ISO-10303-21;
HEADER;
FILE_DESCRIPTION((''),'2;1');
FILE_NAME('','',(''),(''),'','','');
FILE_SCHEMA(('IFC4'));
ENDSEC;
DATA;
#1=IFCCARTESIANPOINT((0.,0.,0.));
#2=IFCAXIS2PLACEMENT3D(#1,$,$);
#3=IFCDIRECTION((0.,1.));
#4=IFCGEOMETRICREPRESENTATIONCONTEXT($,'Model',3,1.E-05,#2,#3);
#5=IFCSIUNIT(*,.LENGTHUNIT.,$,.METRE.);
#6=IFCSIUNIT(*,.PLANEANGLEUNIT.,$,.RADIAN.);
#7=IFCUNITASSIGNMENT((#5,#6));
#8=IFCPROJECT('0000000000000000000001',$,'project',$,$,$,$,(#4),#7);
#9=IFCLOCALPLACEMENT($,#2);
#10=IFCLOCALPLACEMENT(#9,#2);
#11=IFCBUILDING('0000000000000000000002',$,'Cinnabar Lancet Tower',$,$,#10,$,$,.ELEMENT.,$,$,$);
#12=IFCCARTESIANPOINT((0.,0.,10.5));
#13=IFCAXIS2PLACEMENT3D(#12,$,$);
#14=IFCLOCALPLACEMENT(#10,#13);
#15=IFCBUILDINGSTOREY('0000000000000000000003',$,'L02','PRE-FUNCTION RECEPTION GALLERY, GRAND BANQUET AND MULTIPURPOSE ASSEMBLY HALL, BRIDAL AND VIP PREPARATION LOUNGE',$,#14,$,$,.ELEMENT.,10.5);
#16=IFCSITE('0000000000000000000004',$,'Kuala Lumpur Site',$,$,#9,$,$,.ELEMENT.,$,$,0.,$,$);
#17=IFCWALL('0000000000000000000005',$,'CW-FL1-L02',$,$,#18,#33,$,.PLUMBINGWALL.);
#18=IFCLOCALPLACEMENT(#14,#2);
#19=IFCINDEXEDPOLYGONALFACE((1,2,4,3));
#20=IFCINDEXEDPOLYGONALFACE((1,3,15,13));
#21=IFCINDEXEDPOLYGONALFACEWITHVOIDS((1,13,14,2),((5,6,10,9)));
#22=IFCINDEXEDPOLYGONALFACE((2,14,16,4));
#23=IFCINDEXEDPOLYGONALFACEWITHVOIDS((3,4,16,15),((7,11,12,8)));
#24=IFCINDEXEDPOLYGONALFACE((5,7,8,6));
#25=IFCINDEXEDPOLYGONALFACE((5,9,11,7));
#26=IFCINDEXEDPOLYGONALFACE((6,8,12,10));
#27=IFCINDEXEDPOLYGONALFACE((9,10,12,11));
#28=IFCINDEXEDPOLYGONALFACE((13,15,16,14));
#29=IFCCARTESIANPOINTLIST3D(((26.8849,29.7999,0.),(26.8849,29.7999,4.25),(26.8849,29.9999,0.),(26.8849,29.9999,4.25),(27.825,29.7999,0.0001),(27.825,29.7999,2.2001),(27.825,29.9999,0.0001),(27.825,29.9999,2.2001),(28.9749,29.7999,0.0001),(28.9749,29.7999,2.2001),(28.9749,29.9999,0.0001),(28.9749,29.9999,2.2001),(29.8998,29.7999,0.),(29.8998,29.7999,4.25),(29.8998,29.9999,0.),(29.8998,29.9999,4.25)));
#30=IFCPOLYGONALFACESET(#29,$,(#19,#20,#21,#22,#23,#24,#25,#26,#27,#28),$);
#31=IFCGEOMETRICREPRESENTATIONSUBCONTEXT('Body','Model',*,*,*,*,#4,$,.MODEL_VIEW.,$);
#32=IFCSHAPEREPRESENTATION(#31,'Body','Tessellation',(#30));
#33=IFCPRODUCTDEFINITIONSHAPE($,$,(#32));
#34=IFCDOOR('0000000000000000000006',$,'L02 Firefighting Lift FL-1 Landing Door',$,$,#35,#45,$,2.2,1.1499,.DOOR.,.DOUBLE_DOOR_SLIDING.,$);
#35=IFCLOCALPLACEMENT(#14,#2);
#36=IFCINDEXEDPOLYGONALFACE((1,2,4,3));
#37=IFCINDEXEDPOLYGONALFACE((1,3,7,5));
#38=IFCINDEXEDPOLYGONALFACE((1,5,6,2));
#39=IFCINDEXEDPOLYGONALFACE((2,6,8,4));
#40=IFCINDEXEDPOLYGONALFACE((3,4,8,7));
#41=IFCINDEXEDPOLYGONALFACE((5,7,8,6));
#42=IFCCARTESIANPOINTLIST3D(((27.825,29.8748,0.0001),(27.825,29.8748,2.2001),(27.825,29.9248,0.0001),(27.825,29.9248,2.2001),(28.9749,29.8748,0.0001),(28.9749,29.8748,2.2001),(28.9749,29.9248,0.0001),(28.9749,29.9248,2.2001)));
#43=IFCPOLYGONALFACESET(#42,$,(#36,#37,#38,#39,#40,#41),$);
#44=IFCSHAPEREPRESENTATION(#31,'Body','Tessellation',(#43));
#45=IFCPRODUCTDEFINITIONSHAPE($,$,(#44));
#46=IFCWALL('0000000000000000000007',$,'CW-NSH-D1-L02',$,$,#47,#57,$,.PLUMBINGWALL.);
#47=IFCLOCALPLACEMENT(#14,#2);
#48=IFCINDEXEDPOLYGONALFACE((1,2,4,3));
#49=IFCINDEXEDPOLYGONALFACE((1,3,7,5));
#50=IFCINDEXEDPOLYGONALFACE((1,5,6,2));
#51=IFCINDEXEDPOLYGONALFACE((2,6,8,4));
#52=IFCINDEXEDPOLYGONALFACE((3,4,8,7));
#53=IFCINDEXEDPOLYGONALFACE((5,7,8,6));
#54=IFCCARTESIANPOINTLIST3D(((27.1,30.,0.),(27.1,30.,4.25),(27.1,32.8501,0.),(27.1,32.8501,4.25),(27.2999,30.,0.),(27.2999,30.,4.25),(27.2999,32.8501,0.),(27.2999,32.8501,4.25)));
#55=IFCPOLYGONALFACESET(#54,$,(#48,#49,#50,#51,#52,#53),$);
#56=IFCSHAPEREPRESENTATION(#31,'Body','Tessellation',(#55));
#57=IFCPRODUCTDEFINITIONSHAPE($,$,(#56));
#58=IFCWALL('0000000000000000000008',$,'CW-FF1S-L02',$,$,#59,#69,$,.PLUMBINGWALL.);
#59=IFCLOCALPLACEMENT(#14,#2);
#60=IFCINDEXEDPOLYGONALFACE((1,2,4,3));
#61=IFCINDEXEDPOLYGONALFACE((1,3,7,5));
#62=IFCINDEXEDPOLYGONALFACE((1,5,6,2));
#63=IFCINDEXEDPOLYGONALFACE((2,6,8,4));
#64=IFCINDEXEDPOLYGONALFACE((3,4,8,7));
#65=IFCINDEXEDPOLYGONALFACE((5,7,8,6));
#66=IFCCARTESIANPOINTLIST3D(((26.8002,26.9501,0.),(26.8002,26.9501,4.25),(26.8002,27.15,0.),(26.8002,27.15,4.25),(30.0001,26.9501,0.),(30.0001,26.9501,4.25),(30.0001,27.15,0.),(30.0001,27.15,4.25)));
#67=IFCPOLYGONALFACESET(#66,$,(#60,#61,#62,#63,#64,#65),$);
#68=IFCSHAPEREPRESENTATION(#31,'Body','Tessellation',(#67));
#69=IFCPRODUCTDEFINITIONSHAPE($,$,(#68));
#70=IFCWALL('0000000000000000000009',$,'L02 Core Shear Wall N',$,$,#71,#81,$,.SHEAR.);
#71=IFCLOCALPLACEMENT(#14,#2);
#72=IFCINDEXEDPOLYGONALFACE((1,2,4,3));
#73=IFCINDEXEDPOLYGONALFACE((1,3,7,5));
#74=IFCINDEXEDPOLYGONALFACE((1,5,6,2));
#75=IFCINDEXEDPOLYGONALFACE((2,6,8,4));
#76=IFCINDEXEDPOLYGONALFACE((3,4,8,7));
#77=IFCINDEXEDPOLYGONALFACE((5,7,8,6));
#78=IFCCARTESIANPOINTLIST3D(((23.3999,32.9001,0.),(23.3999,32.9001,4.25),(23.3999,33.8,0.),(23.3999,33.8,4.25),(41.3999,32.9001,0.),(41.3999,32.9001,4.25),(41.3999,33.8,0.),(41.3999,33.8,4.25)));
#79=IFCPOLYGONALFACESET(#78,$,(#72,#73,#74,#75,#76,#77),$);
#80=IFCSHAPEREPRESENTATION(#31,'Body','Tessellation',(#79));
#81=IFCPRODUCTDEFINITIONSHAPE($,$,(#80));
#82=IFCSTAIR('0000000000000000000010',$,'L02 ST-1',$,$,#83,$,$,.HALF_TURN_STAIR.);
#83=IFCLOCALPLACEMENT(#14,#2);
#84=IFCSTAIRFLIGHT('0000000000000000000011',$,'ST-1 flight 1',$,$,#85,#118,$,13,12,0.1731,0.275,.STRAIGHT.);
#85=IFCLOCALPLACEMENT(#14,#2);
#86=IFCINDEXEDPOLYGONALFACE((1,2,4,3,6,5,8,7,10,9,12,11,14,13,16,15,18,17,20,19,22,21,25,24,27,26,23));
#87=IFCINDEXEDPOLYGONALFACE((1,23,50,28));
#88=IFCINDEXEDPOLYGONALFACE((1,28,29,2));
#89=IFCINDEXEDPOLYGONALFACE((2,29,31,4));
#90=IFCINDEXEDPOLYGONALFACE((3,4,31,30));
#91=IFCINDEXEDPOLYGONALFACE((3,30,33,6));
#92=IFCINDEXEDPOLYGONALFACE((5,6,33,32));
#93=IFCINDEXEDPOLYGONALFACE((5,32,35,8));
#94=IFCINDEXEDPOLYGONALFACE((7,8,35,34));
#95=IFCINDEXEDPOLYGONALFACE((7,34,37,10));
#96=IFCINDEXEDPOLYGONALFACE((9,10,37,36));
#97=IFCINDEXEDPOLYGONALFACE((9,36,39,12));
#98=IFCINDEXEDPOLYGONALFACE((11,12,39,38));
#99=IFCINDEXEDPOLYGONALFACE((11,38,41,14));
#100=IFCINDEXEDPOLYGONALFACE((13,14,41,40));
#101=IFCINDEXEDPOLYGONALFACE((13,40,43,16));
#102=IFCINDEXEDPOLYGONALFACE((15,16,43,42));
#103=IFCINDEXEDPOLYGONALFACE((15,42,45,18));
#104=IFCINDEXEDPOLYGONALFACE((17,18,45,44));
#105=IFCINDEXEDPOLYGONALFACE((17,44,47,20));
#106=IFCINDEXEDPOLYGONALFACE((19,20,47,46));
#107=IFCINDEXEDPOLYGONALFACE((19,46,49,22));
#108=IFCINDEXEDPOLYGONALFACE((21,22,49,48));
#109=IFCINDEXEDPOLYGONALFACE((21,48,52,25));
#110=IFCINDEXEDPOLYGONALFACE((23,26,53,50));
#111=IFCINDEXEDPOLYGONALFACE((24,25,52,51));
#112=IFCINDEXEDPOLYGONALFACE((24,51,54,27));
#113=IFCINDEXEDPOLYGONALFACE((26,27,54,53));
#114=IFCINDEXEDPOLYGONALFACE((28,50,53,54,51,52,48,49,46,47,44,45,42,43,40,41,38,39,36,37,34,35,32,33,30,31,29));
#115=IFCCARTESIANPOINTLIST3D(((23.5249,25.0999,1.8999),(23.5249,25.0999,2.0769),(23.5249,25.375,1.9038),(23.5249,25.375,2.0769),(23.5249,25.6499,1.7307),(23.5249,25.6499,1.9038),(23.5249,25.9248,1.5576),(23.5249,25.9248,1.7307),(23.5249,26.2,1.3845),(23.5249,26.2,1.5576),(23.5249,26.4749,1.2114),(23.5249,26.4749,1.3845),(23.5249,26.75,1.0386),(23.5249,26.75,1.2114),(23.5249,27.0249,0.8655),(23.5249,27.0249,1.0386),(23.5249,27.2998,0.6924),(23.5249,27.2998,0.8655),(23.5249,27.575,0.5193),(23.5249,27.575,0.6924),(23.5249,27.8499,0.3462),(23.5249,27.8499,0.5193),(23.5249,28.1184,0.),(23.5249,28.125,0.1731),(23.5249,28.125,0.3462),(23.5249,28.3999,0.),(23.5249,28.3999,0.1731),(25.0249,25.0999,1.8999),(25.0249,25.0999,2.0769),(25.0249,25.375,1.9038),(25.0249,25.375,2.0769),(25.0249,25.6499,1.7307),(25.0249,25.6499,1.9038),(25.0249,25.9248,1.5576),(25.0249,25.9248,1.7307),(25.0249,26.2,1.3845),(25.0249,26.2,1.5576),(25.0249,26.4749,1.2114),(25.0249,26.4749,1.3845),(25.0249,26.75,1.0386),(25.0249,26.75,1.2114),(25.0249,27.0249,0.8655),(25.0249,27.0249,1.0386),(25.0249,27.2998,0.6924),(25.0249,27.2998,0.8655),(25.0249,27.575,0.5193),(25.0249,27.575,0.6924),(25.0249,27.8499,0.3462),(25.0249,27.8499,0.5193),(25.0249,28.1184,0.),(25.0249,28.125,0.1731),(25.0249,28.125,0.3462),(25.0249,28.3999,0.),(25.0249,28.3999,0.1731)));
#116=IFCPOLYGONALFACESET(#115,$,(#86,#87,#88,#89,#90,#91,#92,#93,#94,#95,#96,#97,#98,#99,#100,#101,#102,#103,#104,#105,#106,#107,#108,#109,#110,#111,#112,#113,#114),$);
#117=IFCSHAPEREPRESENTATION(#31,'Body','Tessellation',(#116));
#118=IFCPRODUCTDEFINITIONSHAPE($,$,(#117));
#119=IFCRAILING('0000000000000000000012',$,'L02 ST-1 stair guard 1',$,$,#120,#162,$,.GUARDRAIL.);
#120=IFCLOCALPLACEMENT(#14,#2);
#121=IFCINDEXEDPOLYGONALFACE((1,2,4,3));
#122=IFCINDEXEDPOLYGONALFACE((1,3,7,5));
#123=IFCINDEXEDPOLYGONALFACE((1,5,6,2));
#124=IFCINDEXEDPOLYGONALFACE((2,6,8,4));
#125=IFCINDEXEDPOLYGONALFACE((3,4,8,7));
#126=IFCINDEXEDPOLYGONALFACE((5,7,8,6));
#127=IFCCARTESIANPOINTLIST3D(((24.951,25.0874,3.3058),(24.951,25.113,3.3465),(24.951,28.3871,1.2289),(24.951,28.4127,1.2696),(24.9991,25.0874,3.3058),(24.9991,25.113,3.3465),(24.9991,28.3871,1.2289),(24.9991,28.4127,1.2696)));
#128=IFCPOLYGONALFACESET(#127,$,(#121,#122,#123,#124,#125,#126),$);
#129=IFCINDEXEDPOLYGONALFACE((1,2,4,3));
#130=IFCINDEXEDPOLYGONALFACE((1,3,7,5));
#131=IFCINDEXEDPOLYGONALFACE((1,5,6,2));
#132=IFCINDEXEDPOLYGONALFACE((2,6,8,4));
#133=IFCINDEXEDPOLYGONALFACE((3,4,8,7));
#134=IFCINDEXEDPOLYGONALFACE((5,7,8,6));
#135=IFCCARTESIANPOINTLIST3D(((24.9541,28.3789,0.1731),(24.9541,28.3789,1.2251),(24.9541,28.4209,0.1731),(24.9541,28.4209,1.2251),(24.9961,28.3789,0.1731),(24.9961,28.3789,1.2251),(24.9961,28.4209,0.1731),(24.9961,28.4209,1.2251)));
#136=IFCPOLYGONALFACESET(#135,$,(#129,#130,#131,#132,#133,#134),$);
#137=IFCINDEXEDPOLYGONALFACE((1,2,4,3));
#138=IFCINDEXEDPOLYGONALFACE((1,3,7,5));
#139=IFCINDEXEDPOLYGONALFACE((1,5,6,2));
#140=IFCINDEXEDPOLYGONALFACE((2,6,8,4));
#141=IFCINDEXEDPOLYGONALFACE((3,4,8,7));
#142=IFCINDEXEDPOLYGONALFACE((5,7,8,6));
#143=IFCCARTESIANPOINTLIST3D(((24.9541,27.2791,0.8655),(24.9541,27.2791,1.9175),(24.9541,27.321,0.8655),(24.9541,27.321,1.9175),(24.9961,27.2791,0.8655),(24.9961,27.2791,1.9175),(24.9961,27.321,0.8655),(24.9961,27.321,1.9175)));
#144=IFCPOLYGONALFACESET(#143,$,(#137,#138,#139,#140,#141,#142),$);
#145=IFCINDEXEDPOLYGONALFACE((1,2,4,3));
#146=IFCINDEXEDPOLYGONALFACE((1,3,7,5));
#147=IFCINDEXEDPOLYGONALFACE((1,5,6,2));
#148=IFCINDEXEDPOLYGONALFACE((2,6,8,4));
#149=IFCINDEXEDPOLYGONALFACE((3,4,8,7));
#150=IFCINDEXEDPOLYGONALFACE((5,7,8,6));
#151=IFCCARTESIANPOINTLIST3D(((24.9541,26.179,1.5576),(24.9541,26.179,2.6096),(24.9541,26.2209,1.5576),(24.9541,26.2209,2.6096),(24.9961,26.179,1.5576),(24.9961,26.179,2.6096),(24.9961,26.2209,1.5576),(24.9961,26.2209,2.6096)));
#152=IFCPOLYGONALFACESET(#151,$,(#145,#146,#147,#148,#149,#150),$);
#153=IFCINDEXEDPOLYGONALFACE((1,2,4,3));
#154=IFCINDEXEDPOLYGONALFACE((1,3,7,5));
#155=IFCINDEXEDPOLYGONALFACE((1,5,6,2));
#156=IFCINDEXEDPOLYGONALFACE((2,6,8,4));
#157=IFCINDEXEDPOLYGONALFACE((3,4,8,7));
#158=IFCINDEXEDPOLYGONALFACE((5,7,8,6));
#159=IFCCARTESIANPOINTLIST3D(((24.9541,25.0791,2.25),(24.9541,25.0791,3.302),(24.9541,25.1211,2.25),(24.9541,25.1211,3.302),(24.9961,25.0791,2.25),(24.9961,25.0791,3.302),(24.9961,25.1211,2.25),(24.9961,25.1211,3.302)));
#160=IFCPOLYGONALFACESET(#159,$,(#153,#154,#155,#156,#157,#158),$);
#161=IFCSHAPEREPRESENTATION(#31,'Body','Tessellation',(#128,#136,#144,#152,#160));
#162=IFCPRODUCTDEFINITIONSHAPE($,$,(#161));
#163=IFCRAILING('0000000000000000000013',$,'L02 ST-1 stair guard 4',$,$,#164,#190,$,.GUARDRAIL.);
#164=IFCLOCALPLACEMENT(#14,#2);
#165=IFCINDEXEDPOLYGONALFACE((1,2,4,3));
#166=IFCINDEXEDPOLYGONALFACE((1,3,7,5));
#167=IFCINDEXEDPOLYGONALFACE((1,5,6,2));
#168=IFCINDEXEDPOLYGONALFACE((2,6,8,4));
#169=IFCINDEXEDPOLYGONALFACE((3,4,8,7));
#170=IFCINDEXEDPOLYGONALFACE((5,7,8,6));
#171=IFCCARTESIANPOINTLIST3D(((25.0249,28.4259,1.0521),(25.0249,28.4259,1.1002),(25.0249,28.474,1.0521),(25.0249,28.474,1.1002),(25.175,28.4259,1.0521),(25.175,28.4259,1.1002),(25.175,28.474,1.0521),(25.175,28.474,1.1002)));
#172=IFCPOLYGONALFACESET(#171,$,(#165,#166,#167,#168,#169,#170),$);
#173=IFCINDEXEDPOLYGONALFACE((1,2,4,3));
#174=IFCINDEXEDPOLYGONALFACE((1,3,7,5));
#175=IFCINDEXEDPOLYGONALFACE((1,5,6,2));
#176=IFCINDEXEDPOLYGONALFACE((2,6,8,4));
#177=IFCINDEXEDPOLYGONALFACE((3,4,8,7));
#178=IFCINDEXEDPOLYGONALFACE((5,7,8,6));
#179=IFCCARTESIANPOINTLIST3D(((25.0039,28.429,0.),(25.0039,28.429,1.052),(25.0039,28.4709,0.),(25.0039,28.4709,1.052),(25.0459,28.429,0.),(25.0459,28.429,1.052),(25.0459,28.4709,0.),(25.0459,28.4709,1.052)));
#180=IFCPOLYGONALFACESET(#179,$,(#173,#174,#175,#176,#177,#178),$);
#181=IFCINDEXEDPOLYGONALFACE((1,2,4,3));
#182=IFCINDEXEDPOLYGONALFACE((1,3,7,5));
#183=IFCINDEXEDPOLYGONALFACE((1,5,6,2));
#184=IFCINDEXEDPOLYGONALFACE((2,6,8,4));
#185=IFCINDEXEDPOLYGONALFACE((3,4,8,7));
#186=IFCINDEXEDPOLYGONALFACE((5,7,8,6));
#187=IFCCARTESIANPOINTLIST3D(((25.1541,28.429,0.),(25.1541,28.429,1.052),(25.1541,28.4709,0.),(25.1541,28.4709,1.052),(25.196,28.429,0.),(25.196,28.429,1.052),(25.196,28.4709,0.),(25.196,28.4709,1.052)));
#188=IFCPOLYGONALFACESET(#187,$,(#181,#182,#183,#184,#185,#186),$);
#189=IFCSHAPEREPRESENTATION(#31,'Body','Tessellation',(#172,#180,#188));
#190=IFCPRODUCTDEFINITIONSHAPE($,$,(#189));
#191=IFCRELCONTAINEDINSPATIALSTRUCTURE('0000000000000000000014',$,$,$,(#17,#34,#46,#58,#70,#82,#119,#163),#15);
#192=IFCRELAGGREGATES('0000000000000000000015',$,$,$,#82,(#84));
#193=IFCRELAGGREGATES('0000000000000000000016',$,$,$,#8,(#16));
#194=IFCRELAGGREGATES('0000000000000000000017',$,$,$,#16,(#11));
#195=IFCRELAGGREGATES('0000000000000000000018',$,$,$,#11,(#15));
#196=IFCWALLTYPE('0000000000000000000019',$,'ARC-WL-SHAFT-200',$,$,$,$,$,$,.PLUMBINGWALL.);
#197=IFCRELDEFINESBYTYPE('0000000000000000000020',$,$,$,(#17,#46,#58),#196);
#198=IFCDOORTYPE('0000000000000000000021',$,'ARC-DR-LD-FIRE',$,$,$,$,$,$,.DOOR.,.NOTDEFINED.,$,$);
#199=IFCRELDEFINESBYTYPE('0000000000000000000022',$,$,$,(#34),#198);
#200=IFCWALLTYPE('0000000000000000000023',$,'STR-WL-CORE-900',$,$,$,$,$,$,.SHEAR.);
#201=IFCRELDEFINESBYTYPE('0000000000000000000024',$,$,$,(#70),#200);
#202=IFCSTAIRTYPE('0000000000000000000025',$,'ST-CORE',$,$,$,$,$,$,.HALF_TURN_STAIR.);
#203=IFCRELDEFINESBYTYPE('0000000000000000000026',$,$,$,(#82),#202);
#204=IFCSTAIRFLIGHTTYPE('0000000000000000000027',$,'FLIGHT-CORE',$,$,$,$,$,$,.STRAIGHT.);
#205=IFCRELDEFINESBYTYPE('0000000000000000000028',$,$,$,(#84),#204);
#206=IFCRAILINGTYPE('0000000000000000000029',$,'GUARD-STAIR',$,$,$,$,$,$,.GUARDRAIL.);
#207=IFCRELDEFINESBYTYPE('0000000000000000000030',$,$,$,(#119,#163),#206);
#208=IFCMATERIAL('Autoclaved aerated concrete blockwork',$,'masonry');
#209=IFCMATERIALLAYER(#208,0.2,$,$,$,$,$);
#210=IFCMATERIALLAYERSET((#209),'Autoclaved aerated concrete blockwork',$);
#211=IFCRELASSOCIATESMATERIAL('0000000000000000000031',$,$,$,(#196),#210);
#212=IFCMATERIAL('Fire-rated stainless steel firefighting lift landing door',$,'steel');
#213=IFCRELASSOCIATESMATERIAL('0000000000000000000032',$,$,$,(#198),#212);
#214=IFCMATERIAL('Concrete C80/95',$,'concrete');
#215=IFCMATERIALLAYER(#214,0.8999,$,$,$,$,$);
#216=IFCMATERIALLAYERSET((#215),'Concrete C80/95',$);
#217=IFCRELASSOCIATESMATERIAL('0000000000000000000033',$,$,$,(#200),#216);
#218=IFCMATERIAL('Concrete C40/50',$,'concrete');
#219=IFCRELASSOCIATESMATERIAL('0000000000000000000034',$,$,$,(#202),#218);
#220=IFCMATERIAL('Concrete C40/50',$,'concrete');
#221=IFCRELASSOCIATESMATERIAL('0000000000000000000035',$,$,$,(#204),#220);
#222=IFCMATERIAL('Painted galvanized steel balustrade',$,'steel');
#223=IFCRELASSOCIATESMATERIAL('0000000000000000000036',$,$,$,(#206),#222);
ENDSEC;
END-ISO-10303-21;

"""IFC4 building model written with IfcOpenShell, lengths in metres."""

from ifc_helpers import new_model, si_unit, direction, frame, frame_2d, origin, origin_2d, place, context, subcontext, project, spatial, polyline, rectangle, outline, extrude, material, layer, layer_set, type_object, element, fill, aggregate, save


model = new_model("IFC4")

# Units and contexts
model_context = context("Model", 3, precision=1e-05, world=origin(), true_north=direction((0.0, 1.0)))
body_context = subcontext(model_context, "Body", "Model", "MODEL_VIEW")
ifc_project = project(units=[si_unit("LENGTHUNIT", "METRE"), si_unit("PLANEANGLEUNIT", "RADIAN")], contexts=[model_context])

# Site, building, storey
site_placement = place(None, origin())
site = spatial("IfcSite", under=ifc_project, at=site_placement, Name="Kuala Lumpur Site", CompositionType="ELEMENT", RefElevation=0.0)
building_placement = place(site_placement, origin())
building = spatial("IfcBuilding", under=site, at=building_placement, Name="Cinnabar Lancet Tower", CompositionType="ELEMENT")
storey_placement = place(building_placement, frame((0.0, 0.0, 10.5)))
storey = spatial("IfcBuildingStorey", under=building, at=storey_placement, Name="L02", Description="PRE-FUNCTION RECEPTION GALLERY, GRAND BANQUET AND MULTIPURPOSE ASSEMBLY HALL, BRIDAL AND VIP PREPARATION LOUNGE", CompositionType="ELEMENT", Elevation=10.5)

# Wall, opening, door
ifc_material_1 = material(Name="Autoclaved aerated concrete blockwork", Category="masonry")
ifc_layer_1 = layer(ifc_material_1, 0.2)
ifc_layer_set_1 = layer_set([ifc_layer_1], Name="Autoclaved aerated concrete blockwork")
wall_type_1 = type_object("IfcWallType", Name="ARC-WL-SHAFT-200", PredefinedType="PLUMBINGWALL", material=ifc_layer_set_1)
wall_1_placement = place(storey_placement, frame((26.885, 29.8999, 0.0), z_axis=(0.0, 0.0, 1.0), x_axis=(1.0, 0.0, 0.0)))
wall_1 = element("IfcWall", 1, at=wall_1_placement, inside=storey, type_object=wall_type_1, Name="CW-FL1-L02", PredefinedType="PLUMBINGWALL", context=body_context, shape_type="SweptSolid", body=[
    extrude(rectangle(XDim=3.0149, YDim=0.2, at=frame_2d((1.5073, 0.0))), origin(), (0.0, 0.0, 1.0), 4.25),
])
opening_1_placement = place(wall_1_placement, frame((0.9399, 0.0, 0.0)))
opening_1 = element("IfcOpeningElement", 2, at=opening_1_placement, cuts=wall_1, PredefinedType="OPENING", context=body_context, shape_type="SweptSolid", body=[
    extrude(rectangle(XDim=1.1499, YDim=2.2, at=frame_2d((0.575, 1.1001))), frame((0.0, 0.1099, 0.0), z_axis=(0.0, -1.0, 0.0), x_axis=(1.0, 0.0, 0.0)), (0.0, 0.0, 1.0), 0.22),
])
ifc_material_2 = material(Name="Fire-rated stainless steel firefighting lift landing door", Category="steel")
door_type_1 = type_object("IfcDoorType", Name="ARC-DR-LD-FIRE", OperationType="NOTDEFINED", PredefinedType="DOOR", material=ifc_material_2)
door_1_placement = place(opening_1_placement, origin())
door_1 = element("IfcDoor", 3, at=door_1_placement, inside=storey, type_object=door_type_1, Name="L02 Firefighting Lift FL-1 Landing Door", OperationType="DOUBLE_DOOR_SLIDING", OverallHeight=2.2, OverallWidth=1.1499, PredefinedType="DOOR", context=body_context, shape_type="SweptSolid", body=[
    extrude(rectangle(XDim=1.1499, YDim=2.2, at=frame_2d((0.575, 1.1001))), frame((0.0, 0.0249, 0.0), z_axis=(0.0, -1.0, 0.0), x_axis=(1.0, 0.0, 0.0)), (0.0, 0.0, 1.0), 0.05),
])
fill(opening_1, door_1)

# Walls
wall_2_placement = place(storey_placement, frame((27.2, 30.0, 0.0), z_axis=(0.0, 0.0, 1.0), x_axis=(0.0, 1.0, 0.0)))
element("IfcWall", 4, at=wall_2_placement, inside=storey, type_object=wall_type_1, Name="CW-NSH-D1-L02", PredefinedType="PLUMBINGWALL", context=body_context, shape_type="SweptSolid", body=[
    extrude(rectangle(XDim=2.8501, YDim=0.2, at=frame_2d((1.425, 0.0))), origin(), (0.0, 0.0, 1.0), 4.25),
])
wall_3_placement = place(storey_placement, frame((26.8, 27.05, 0.0), z_axis=(0.0, 0.0, 1.0), x_axis=(1.0, 0.0, 0.0)))
element("IfcWall", 5, at=wall_3_placement, inside=storey, type_object=wall_type_1, Name="CW-FF1S-L02", PredefinedType="PLUMBINGWALL", context=body_context, shape_type="SweptSolid", body=[
    extrude(rectangle(XDim=3.2, YDim=0.2, at=frame_2d((1.6001, 0.0))), origin(), (0.0, 0.0, 1.0), 4.25),
])
ifc_material_3 = material(Name="Concrete C80/95", Category="concrete")
ifc_layer_2 = layer(ifc_material_3, 0.8999)
ifc_layer_set_2 = layer_set([ifc_layer_2], Name="Concrete C80/95")
wall_type_2 = type_object("IfcWallType", Name="STR-WL-CORE-900", PredefinedType="SHEAR", material=ifc_layer_set_2)
wall_4_placement = place(storey_placement, frame((23.3999, 33.3501, 0.0), z_axis=(0.0, 0.0, 1.0), x_axis=(1.0, 0.0, 0.0)))
element("IfcWall", 6, at=wall_4_placement, inside=storey, type_object=wall_type_2, Name="L02 Core Shear Wall N", PredefinedType="SHEAR", context=body_context, shape_type="SweptSolid", body=[
    extrude(rectangle(XDim=18.0, YDim=0.8999, at=frame_2d((9.0, 0.0))), origin(), (0.0, 0.0, 1.0), 4.25),
])

# Stair, stair flight
ifc_material_4 = material(Name="Concrete C40/50", Category="concrete")
stair_type = type_object("IfcStairType", Name="ST-CORE", PredefinedType="HALF_TURN_STAIR", material=ifc_material_4)
stair_placement = place(storey_placement, origin())
stair = element("IfcStair", 7, at=stair_placement, inside=storey, type_object=stair_type, Name="L02 ST-1", PredefinedType="HALF_TURN_STAIR")
ifc_material_5 = material(Name="Concrete C40/50", Category="concrete")
stair_flight_type = type_object("IfcStairFlightType", Name="FLIGHT-CORE", PredefinedType="STRAIGHT", material=ifc_material_5)
stair_flight_placement = place(storey_placement, frame((24.2749, 28.3999, 0.0), z_axis=(0.0, 0.0, 1.0), x_axis=(0.0, -1.0, 0.0)))
stair_flight = element("IfcStairFlight", 8, at=stair_flight_placement, type_object=stair_flight_type, Name="ST-1 flight 1", NumberOfRisers=13, NumberOfTreads=12, PredefinedType="STRAIGHT", RiserHeight=0.1731, TreadLength=0.275, context=body_context, shape_type="SweptSolid", body=[
    extrude(outline(polyline([(0.0, 0.0), (0.0, 0.1731), (0.2749, 0.1731), (0.2749, 0.3462), (0.55, 0.3462), (0.55, 0.5193), (0.825, 0.5193), (0.825, 0.6924), (1.1001, 0.6924), (1.1001, 0.8655), (1.375, 0.8655), (1.375, 1.0386), (1.6499, 1.0386), (1.6499, 1.2114), (1.925, 1.2114), (1.925, 1.3845), (2.2, 1.3845), (2.2, 1.5576), (2.4751, 1.5576), (2.4751, 1.7307), (2.75, 1.7307), (2.75, 1.9038), (3.0249, 1.9038), (3.0249, 2.0769), (3.3, 2.0769), (3.3, 2.25), (3.3, 1.8999), (0.2815, 0.0), (0.0, 0.0)])), frame((0.0, 0.75, 0.0), z_axis=(0.0, -1.0, 0.0), x_axis=(1.0, 0.0, 0.0)), (0.0, 0.0, 1.0), 1.5),
])
aggregate(stair, [stair_flight])

# Railings
ifc_material_6 = material(Name="Painted galvanized steel balustrade", Category="steel")
railing_type_1 = type_object("IfcRailingType", Name="GUARD-STAIR", PredefinedType="GUARDRAIL", material=ifc_material_6)
railing_1_placement = place(storey_placement, frame((24.9751, 28.3999, 0.1731)))
element("IfcRailing", 9, at=railing_1_placement, inside=storey, type_object=railing_type_1, Name="L02 ST-1 stair guard 1", PredefinedType="GUARDRAIL", context=body_context, shape_type="SweptSolid", body=[
    extrude(rectangle(XDim=0.0481, YDim=0.0481, at=origin_2d()), frame((0.0, 0.0, 1.0762), z_axis=(0.0, -0.84632, 0.532675), x_axis=(1.0, 0.0, 0.0)), (0.0, 0.0, 1.0), 3.8989),
    extrude(rectangle(XDim=0.042, YDim=0.042, at=origin_2d()), origin(), (0.0, 0.0, 1.0), 1.052),
    extrude(rectangle(XDim=0.042, YDim=0.042, at=origin_2d()), frame((0.0, -1.0999, 0.6924)), (0.0, 0.0, 1.0), 1.052),
    extrude(rectangle(XDim=0.042, YDim=0.042, at=origin_2d()), frame((0.0, -2.2, 1.3845)), (0.0, 0.0, 1.0), 1.052),
    extrude(rectangle(XDim=0.042, YDim=0.042, at=origin_2d()), frame((0.0, -3.2998, 2.0769)), (0.0, 0.0, 1.0), 1.052),
])
railing_2_placement = place(storey_placement, frame((25.0249, 28.45, 0.0)))
element("IfcRailing", 10, at=railing_2_placement, inside=storey, type_object=railing_type_1, Name="L02 ST-1 stair guard 4", PredefinedType="GUARDRAIL", context=body_context, shape_type="SweptSolid", body=[
    extrude(rectangle(XDim=0.0481, YDim=0.0481, at=origin_2d()), frame((0.0, 0.0, 1.0762), z_axis=(1.0, 0.0, 0.0), x_axis=(0.0, 1.0, 0.0)), (0.0, 0.0, 1.0), 0.1501),
    extrude(rectangle(XDim=0.042, YDim=0.042, at=origin_2d()), origin(), (0.0, 0.0, 1.0), 1.052),
    extrude(rectangle(XDim=0.042, YDim=0.042, at=origin_2d()), frame((0.1501, 0.0, 0.0)), (0.0, 0.0, 1.0), 1.052),
])

save(model, "model.ifc")
